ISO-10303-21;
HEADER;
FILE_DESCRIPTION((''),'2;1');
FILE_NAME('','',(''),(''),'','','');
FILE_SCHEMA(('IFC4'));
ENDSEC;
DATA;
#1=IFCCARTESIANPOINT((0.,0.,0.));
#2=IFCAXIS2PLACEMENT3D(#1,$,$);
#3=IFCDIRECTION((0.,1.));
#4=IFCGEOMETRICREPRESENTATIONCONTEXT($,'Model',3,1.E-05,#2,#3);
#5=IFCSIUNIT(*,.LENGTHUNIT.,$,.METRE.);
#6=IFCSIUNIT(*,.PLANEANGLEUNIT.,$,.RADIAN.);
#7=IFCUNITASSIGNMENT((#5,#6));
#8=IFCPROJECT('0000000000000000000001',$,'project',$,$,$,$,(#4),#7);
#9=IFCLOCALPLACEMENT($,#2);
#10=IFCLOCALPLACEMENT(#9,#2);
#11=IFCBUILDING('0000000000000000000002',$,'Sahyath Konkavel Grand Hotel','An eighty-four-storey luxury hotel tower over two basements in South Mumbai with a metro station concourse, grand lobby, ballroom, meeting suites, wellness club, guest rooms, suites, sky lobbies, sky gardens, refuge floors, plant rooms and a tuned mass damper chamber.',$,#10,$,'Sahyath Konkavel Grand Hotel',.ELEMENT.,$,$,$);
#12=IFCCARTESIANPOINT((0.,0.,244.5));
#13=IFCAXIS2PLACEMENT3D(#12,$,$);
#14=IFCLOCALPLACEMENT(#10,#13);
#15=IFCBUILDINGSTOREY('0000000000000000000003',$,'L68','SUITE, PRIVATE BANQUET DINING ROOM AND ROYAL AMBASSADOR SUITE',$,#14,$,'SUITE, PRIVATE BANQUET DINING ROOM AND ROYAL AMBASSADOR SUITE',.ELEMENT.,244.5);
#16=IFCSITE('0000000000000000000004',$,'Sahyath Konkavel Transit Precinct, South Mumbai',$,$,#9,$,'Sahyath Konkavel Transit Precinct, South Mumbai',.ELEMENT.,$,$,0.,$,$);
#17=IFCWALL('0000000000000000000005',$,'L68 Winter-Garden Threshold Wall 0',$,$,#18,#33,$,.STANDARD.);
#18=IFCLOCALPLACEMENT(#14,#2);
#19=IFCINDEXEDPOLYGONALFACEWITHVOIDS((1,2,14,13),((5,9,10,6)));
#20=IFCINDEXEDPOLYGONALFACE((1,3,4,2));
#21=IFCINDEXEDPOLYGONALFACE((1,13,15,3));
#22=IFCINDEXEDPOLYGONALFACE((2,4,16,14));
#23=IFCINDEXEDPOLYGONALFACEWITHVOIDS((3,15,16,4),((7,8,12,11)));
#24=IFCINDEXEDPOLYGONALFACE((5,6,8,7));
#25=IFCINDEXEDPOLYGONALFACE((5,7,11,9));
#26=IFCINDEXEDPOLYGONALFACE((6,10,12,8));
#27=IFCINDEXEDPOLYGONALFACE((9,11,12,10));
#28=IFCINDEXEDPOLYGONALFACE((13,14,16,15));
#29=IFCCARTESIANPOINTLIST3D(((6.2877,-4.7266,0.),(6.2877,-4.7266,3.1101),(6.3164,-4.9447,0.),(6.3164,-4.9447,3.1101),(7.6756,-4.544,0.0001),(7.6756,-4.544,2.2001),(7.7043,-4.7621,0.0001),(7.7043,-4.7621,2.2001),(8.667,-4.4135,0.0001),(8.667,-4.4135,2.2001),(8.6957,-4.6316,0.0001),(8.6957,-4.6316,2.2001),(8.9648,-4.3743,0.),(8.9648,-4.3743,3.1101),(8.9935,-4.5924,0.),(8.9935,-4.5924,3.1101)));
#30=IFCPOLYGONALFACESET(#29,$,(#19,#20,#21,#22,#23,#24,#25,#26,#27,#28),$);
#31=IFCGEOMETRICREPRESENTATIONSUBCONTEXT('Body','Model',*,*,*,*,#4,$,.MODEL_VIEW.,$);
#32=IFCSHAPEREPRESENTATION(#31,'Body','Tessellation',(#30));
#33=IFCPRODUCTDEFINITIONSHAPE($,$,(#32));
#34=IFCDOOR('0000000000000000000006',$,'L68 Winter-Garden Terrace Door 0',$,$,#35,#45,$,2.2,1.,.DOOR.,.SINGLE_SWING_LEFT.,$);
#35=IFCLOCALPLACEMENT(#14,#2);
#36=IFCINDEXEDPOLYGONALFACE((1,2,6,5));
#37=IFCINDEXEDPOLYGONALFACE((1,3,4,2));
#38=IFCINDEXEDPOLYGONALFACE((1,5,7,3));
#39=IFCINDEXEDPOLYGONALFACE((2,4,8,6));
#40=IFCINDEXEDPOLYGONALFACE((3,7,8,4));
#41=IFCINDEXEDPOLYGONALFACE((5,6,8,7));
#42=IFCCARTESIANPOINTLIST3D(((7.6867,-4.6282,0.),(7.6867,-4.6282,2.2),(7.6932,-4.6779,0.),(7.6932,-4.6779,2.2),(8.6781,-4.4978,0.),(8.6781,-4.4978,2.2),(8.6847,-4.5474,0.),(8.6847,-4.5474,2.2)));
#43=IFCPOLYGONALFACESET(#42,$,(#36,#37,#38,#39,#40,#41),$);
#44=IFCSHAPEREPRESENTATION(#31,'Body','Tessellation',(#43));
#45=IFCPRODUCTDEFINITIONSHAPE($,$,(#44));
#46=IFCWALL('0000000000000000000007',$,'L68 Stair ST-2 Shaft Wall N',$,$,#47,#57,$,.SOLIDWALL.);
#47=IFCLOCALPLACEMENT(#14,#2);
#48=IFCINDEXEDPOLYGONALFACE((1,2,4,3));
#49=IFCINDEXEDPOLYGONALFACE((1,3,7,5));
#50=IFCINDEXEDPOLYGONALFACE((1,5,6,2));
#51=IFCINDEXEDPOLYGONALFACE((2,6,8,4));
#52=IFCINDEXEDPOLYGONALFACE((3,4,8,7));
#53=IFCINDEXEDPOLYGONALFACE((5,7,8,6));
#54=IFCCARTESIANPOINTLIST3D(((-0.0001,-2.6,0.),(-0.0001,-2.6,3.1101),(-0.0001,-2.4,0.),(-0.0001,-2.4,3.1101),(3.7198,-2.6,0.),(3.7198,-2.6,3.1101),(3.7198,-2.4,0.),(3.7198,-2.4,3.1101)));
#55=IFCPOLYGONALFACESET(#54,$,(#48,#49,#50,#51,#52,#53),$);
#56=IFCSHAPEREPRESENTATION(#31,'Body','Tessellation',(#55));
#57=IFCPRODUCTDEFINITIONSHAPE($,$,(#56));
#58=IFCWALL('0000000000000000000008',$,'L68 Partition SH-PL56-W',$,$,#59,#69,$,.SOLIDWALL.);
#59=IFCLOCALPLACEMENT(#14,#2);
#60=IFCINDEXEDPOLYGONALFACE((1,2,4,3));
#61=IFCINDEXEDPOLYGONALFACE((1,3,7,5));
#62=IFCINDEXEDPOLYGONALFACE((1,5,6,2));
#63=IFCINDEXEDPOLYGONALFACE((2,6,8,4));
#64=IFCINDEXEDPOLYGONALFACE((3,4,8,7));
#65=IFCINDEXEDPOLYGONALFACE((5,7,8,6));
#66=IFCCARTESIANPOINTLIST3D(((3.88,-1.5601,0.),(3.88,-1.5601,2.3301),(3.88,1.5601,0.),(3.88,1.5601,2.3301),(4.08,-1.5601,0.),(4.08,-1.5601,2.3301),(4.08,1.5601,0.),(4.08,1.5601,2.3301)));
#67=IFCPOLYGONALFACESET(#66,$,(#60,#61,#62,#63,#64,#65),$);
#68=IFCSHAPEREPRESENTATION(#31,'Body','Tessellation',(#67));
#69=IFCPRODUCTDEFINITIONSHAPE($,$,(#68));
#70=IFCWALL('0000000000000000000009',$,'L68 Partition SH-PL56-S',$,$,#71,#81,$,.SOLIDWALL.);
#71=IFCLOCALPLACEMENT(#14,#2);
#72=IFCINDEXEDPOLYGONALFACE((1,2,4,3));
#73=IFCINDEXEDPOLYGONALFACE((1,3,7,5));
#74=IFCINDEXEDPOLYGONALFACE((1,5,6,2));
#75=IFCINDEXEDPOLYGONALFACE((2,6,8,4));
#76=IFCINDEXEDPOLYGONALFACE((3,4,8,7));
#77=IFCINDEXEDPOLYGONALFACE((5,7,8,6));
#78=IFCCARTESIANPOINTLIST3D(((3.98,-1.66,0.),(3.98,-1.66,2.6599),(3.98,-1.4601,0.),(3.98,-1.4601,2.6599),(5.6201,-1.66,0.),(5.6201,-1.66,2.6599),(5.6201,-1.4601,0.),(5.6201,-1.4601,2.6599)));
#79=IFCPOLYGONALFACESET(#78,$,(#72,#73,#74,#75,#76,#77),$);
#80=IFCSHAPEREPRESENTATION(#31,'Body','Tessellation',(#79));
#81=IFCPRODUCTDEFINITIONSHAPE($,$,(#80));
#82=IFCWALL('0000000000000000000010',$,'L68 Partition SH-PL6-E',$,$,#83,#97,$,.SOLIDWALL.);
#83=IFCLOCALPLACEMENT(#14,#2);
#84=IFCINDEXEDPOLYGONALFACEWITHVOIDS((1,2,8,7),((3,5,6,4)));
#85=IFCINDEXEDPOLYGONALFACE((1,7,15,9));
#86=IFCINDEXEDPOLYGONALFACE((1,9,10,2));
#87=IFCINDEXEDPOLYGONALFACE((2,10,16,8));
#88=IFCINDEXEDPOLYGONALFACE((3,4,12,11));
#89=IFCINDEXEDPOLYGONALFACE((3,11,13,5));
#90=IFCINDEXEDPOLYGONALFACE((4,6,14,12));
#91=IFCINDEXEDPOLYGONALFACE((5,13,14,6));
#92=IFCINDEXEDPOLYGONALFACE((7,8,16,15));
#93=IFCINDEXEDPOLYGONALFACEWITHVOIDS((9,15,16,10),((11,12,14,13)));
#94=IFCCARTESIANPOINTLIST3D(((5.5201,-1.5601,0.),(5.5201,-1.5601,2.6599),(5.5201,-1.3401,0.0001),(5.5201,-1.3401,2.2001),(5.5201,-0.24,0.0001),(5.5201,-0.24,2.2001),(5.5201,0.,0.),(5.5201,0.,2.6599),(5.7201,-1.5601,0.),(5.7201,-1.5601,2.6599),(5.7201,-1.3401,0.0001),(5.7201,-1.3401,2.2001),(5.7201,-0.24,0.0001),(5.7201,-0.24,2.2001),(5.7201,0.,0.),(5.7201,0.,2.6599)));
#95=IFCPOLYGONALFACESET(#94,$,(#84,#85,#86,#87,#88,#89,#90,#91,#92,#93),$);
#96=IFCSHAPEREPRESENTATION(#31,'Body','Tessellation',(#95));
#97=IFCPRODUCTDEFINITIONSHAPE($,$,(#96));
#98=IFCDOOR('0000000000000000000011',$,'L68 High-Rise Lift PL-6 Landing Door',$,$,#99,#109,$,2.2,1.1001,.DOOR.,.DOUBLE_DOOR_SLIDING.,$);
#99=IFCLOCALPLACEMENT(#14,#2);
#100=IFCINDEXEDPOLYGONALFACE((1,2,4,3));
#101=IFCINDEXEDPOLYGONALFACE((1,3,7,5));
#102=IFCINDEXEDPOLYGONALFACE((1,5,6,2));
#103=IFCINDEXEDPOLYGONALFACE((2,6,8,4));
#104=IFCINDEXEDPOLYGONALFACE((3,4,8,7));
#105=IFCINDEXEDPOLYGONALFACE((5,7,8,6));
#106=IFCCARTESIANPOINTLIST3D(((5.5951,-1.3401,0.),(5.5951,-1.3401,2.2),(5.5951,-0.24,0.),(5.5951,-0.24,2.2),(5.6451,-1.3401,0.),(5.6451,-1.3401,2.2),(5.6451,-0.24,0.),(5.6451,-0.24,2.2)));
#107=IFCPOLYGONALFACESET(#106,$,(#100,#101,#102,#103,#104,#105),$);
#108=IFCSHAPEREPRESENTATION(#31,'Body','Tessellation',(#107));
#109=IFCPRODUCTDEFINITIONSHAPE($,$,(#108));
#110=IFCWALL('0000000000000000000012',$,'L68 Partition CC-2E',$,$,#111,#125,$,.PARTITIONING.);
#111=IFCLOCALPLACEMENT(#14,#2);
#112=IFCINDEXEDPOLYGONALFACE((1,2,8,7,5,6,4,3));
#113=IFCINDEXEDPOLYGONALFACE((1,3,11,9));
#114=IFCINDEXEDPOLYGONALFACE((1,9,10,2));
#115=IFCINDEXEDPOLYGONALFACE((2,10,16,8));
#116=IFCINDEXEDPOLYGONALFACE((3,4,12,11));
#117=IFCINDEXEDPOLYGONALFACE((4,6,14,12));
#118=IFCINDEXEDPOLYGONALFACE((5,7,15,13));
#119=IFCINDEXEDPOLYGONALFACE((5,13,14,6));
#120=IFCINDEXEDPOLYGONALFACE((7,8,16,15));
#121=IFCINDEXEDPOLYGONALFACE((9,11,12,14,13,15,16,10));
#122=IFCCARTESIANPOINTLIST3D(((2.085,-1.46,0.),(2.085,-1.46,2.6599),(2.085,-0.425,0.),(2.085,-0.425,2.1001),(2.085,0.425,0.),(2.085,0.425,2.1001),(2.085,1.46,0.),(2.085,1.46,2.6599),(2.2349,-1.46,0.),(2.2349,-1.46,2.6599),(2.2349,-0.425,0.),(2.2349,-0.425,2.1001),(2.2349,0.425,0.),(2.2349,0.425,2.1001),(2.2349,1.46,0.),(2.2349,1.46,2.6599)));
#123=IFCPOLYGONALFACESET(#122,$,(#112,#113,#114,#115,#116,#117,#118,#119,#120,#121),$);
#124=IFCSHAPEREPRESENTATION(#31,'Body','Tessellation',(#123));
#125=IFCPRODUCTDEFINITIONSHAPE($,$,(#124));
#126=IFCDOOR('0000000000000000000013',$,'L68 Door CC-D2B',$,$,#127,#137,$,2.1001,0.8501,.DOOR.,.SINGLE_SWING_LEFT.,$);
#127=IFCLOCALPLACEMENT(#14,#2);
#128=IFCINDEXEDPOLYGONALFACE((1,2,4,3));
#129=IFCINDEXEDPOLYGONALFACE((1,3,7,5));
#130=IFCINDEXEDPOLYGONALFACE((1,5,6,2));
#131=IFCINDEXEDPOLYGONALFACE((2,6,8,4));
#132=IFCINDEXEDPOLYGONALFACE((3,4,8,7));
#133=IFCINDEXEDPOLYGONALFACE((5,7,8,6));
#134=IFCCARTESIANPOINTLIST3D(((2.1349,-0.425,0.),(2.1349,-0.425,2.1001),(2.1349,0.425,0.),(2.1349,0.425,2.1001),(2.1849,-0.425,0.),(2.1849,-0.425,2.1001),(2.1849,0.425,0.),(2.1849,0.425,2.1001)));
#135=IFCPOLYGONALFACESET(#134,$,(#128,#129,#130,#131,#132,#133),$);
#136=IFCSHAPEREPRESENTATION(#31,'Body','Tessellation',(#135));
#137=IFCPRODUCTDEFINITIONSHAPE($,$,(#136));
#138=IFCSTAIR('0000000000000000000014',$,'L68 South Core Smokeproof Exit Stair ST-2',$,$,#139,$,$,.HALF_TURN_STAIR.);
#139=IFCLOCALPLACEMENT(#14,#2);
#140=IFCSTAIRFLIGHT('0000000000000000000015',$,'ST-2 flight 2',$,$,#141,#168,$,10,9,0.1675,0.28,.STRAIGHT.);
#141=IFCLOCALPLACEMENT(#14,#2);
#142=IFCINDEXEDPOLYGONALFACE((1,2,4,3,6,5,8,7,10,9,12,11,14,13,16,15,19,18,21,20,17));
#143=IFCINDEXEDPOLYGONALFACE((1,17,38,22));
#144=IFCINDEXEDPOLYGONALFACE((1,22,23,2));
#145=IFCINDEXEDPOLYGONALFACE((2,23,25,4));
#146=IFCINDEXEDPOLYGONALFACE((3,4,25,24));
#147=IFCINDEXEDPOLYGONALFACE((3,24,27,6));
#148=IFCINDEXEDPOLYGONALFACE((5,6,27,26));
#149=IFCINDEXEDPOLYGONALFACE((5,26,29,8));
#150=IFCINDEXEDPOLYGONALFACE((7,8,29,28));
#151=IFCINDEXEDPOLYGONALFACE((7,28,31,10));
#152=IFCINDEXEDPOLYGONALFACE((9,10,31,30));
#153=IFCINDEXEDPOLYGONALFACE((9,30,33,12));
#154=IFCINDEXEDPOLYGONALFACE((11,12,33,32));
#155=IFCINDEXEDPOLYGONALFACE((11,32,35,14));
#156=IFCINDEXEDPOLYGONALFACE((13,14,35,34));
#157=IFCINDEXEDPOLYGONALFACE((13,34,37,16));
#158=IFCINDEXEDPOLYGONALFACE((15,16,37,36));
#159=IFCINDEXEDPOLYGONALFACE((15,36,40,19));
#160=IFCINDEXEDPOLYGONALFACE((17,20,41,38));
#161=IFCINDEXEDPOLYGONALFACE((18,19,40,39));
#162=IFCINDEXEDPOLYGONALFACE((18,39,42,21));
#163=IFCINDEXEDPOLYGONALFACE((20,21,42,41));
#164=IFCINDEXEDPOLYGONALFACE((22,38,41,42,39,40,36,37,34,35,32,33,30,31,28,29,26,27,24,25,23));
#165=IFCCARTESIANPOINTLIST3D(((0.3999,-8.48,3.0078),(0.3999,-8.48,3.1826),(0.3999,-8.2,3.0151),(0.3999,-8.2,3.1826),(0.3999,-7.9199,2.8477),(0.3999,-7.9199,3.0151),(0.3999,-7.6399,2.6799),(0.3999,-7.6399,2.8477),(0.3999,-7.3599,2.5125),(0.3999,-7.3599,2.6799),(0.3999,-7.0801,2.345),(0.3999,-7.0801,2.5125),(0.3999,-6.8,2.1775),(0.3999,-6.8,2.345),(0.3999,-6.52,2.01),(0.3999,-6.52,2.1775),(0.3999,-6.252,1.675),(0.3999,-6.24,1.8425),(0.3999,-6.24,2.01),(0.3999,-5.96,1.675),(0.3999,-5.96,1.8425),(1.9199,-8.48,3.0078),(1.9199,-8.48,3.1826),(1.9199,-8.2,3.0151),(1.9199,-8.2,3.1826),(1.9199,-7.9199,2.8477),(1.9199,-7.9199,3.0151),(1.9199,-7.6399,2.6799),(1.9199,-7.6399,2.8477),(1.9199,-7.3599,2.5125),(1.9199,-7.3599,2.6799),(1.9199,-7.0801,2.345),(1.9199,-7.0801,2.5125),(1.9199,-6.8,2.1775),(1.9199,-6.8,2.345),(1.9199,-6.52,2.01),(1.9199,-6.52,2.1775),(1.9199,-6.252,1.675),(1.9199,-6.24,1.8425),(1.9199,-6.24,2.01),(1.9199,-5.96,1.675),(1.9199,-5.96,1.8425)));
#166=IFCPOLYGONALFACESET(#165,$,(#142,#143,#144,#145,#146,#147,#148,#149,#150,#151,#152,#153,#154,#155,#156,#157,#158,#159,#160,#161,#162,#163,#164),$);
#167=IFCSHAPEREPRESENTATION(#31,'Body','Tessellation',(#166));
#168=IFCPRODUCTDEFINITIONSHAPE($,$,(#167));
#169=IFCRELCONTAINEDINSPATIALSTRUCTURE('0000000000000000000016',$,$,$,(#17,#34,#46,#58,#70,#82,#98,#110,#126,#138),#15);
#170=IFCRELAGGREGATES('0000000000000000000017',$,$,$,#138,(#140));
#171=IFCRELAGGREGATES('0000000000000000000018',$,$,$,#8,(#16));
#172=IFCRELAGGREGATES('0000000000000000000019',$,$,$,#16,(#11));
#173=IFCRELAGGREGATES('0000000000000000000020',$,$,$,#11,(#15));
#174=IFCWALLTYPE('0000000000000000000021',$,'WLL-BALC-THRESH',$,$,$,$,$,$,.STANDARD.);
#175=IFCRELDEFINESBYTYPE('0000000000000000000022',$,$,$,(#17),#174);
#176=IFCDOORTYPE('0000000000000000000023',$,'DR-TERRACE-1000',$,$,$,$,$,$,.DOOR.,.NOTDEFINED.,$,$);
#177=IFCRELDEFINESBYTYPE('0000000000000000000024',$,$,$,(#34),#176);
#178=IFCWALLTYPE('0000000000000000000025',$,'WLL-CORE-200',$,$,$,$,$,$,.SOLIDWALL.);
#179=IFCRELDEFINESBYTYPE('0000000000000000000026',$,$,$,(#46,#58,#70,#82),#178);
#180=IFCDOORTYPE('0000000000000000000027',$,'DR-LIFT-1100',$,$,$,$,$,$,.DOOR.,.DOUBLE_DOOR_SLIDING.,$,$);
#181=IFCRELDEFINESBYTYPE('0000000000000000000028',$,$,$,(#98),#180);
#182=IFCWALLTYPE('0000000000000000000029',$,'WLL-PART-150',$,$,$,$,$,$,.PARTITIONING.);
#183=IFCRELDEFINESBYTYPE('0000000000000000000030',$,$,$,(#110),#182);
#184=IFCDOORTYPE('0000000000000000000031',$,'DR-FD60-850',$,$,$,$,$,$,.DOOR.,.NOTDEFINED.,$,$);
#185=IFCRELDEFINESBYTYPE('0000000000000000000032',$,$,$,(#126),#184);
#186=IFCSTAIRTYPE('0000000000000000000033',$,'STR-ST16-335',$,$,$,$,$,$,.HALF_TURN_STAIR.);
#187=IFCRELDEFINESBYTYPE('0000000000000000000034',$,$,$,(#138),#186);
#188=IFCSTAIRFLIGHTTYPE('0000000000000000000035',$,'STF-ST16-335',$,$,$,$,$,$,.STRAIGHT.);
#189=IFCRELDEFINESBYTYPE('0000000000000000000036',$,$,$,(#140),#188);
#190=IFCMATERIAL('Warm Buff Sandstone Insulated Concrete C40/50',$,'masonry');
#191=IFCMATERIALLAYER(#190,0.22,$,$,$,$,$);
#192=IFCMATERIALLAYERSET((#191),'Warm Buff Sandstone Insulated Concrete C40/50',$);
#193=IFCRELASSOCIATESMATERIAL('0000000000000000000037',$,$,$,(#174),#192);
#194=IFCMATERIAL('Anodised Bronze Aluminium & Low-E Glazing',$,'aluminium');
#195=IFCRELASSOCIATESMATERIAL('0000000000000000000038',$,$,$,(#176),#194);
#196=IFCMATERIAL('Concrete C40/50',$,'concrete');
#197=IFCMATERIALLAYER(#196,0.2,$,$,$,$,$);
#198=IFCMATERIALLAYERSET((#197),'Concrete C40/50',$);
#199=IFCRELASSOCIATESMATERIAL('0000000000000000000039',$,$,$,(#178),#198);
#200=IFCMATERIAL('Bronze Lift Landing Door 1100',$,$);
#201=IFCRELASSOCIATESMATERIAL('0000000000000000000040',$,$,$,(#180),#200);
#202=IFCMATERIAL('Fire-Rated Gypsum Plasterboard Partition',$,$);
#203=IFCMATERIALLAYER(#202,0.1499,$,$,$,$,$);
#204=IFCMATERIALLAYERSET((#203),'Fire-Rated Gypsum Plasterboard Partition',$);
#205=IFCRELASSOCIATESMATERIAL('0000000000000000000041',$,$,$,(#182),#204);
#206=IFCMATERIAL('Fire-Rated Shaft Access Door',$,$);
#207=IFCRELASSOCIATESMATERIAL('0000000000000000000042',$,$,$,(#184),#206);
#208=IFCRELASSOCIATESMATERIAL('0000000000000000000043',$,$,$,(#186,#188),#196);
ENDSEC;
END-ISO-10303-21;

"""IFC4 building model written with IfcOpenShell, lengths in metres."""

from ifc_helpers import new_model, si_unit, direction, frame, frame_2d, origin, origin_2d, place, context, subcontext, project, spatial, polyline, rectangle, outline, extrude, source, transform, mapped, material, layer, layer_set, type_object, element, fill, aggregate, save


model = new_model("IFC4")

# Units and contexts
model_context = context("Model", 3, precision=1e-05, world=origin(), true_north=direction((0.0, 1.0)))
body_context = subcontext(model_context, "Body", "Model", "MODEL_VIEW")
ifc_project = project(units=[si_unit("LENGTHUNIT", "METRE"), si_unit("PLANEANGLEUNIT", "RADIAN")], contexts=[model_context])

# Site, building, storey
site_placement = place(None, origin())
site = spatial("IfcSite", under=ifc_project, at=site_placement, Name="Sahyath Konkavel Transit Precinct, South Mumbai", LongName="Sahyath Konkavel Transit Precinct, South Mumbai", CompositionType="ELEMENT", RefElevation=0.0)
building_placement = place(site_placement, origin())
building = spatial("IfcBuilding", under=site, at=building_placement, Name="Sahyath Konkavel Grand Hotel", Description="An eighty-four-storey luxury hotel tower over two basements in South Mumbai with a metro station concourse, grand lobby, ballroom, meeting suites, wellness club, guest rooms, suites, sky lobbies, sky gardens, refuge floors, plant rooms and a tuned mass damper chamber.", LongName="Sahyath Konkavel Grand Hotel", CompositionType="ELEMENT")
storey_placement = place(building_placement, frame((0.0, 0.0, 244.5)))
storey = spatial("IfcBuildingStorey", under=building, at=storey_placement, Name="L68", Description="SUITE, PRIVATE BANQUET DINING ROOM AND ROYAL AMBASSADOR SUITE", LongName="SUITE, PRIVATE BANQUET DINING ROOM AND ROYAL AMBASSADOR SUITE", CompositionType="ELEMENT", Elevation=244.5)

# Shared definitions
ifc_material_1 = material(Name="Concrete C40/50", Category="concrete")

# Shared definitions
ifc_material_2 = material(Name="Anodised Bronze Aluminium & Low-E Glazing", Category="aluminium")

# Wall, opening, door
ifc_material_3 = material(Name="Warm Buff Sandstone Insulated Concrete C40/50", Category="masonry")
ifc_layer_1 = layer(ifc_material_3, 0.22)
ifc_layer_set_1 = layer_set([ifc_layer_1], Name="Warm Buff Sandstone Insulated Concrete C40/50")
wall_type_1 = type_object("IfcWallType", Name="WLL-BALC-THRESH", PredefinedType="STANDARD", material=ifc_layer_set_1)
wall_1_placement = place(storey_placement, frame((6.302, -4.8357, 0.0), z_axis=(0.0, 0.0, 1.0), x_axis=(0.991452, 0.130476, 0.0)))
wall_1 = element("IfcWall", 1, at=wall_1_placement, inside=storey, type_object=wall_type_1, Name="L68 Winter-Garden Threshold Wall 0", PredefinedType="STANDARD", context=body_context, shape_type="SweptSolid", body=[
    extrude(rectangle(XDim=2.7002, YDim=0.22, at=frame_2d((1.3501, 0.0))), origin(), (0.0, 0.0, 1.0), 3.1101),
])
opening_1_placement = place(wall_1_placement, frame((1.3999, 0.0, 0.0)))
opening_1 = element("IfcOpeningElement", 2, at=opening_1_placement, cuts=wall_1, PredefinedType="OPENING", context=body_context, shape_type="SweptSolid", body=[
    extrude(rectangle(XDim=1.0, YDim=2.2, at=frame_2d((0.5, 1.1001))), frame((0.0, 0.1201, 0.0), z_axis=(0.0, -1.0, 0.0), x_axis=(1.0, 0.0, 0.0)), (0.0, 0.0, 1.0), 0.24),
])
door_type_1 = type_object("IfcDoorType", Name="DR-TERRACE-1000", OperationType="NOTDEFINED", PredefinedType="DOOR", material=ifc_material_2)
shared_shape_1 = source(origin(), body_context, "Body", "SweptSolid", [
    extrude(rectangle(XDim=1.0, YDim=0.05, at=origin_2d()), origin(), (0.0, 0.0, 1.0), 2.2),
])
door_1_placement = place(opening_1_placement, frame((0.5, 0.0, 0.0)))
door_1 = element("IfcDoor", 3, at=door_1_placement, inside=storey, type_object=door_type_1, Name="L68 Winter-Garden Terrace Door 0", OperationType="SINGLE_SWING_LEFT", OverallHeight=2.2, OverallWidth=1.0, PredefinedType="DOOR", context=body_context, shape_type="MappedRepresentation", body=[
    mapped(shared_shape_1, transform((0.0, 0.0, 0.0), scale=1.0)),
])
fill(opening_1, door_1)

# Walls
ifc_layer_2 = layer(ifc_material_1, 0.2)
ifc_layer_set_2 = layer_set([ifc_layer_2], Name="Concrete C40/50")
wall_type_2 = type_object("IfcWallType", Name="WLL-CORE-200", PredefinedType="SOLIDWALL", material=ifc_layer_set_2)
wall_2_placement = place(storey_placement, frame((0.0, -2.5, 0.0), z_axis=(0.0, 0.0, 1.0), x_axis=(1.0, 0.0, 0.0)))
element("IfcWall", 4, at=wall_2_placement, inside=storey, type_object=wall_type_2, Name="L68 Stair ST-2 Shaft Wall N", PredefinedType="SOLIDWALL", context=body_context, shape_type="SweptSolid", body=[
    extrude(rectangle(XDim=3.72, YDim=0.2, at=frame_2d((1.8599, 0.0))), origin(), (0.0, 0.0, 1.0), 3.1101),
])
wall_3_placement = place(storey_placement, frame((3.98, -1.5601, 0.0), z_axis=(0.0, 0.0, 1.0), x_axis=(0.0, 1.0, 0.0)))
element("IfcWall", 5, at=wall_3_placement, inside=storey, type_object=wall_type_2, Name="L68 Partition SH-PL56-W", PredefinedType="SOLIDWALL", context=body_context, shape_type="SweptSolid", body=[
    extrude(rectangle(XDim=3.1201, YDim=0.2, at=frame_2d((1.5601, 0.0))), origin(), (0.0, 0.0, 1.0), 2.3301),
])
wall_4_placement = place(storey_placement, frame((3.98, -1.5601, 0.0), z_axis=(0.0, 0.0, 1.0), x_axis=(1.0, 0.0, 0.0)))
element("IfcWall", 6, at=wall_4_placement, inside=storey, type_object=wall_type_2, Name="L68 Partition SH-PL56-S", PredefinedType="SOLIDWALL", context=body_context, shape_type="SweptSolid", body=[
    extrude(rectangle(XDim=1.6401, YDim=0.2, at=frame_2d((0.8201, 0.0))), origin(), (0.0, 0.0, 1.0), 2.6599),
])

# Walls, openings, doors
wall_5_placement = place(storey_placement, frame((5.6201, -1.5601, 0.0), z_axis=(0.0, 0.0, 1.0), x_axis=(0.0, 1.0, 0.0)))
wall_5 = element("IfcWall", 7, at=wall_5_placement, inside=storey, type_object=wall_type_2, Name="L68 Partition SH-PL6-E", PredefinedType="SOLIDWALL", context=body_context, shape_type="SweptSolid", body=[
    extrude(rectangle(XDim=1.5601, YDim=0.2, at=frame_2d((0.78, 0.0))), origin(), (0.0, 0.0, 1.0), 2.6599),
])
opening_2_placement = place(wall_5_placement, frame((0.22, 0.0, 0.0)))
opening_2 = element("IfcOpeningElement", 8, at=opening_2_placement, cuts=wall_5, PredefinedType="OPENING", context=body_context, shape_type="SweptSolid", body=[
    extrude(rectangle(XDim=1.1001, YDim=2.2, at=frame_2d((0.55, 1.1001))), frame((0.0, 0.1099, 0.0), z_axis=(0.0, -1.0, 0.0), x_axis=(1.0, 0.0, 0.0)), (0.0, 0.0, 1.0), 0.22),
])
ifc_material_4 = material(Name="Bronze Lift Landing Door 1100")
door_type_2 = type_object("IfcDoorType", Name="DR-LIFT-1100", OperationType="DOUBLE_DOOR_SLIDING", PredefinedType="DOOR", material=ifc_material_4)
shared_shape_2 = source(origin(), body_context, "Body", "SweptSolid", [
    extrude(rectangle(XDim=1.1001, YDim=0.05, at=origin_2d()), origin(), (0.0, 0.0, 1.0), 2.2),
])
door_2_placement = place(opening_2_placement, frame((0.55, 0.0, 0.0)))
door_2 = element("IfcDoor", 9, at=door_2_placement, inside=storey, type_object=door_type_2, Name="L68 High-Rise Lift PL-6 Landing Door", OperationType="DOUBLE_DOOR_SLIDING", OverallHeight=2.2, OverallWidth=1.1001, PredefinedType="DOOR", context=body_context, shape_type="MappedRepresentation", body=[
    mapped(shared_shape_2, transform((0.0, 0.0, 0.0), scale=1.0)),
])
fill(opening_2, door_2)
ifc_material_5 = material(Name="Fire-Rated Gypsum Plasterboard Partition")
ifc_layer_3 = layer(ifc_material_5, 0.1499)
ifc_layer_set_3 = layer_set([ifc_layer_3], Name="Fire-Rated Gypsum Plasterboard Partition")
wall_type_3 = type_object("IfcWallType", Name="WLL-PART-150", PredefinedType="PARTITIONING", material=ifc_layer_set_3)
wall_6_placement = place(storey_placement, frame((2.1599, -1.46, 0.0), z_axis=(0.0, 0.0, 1.0), x_axis=(0.0, 1.0, 0.0)))
wall_6 = element("IfcWall", 10, at=wall_6_placement, inside=storey, type_object=wall_type_3, Name="L68 Partition CC-2E", PredefinedType="PARTITIONING", context=body_context, shape_type="SweptSolid", body=[
    extrude(rectangle(XDim=2.9199, YDim=0.1499, at=frame_2d((1.46, 0.0))), origin(), (0.0, 0.0, 1.0), 2.6599),
])
opening_3_placement = place(wall_6_placement, frame((1.0349, 0.0, 0.0)))
opening_3 = element("IfcOpeningElement", 11, at=opening_3_placement, cuts=wall_6, PredefinedType="OPENING", context=body_context, shape_type="SweptSolid", body=[
    extrude(rectangle(XDim=0.8501, YDim=2.1001, at=frame_2d((0.425, 1.05))), frame((0.0, 0.085, 0.0), z_axis=(0.0, -1.0, 0.0), x_axis=(1.0, 0.0, 0.0)), (0.0, 0.0, 1.0), 0.1699),
])
ifc_material_6 = material(Name="Fire-Rated Shaft Access Door")
door_type_3 = type_object("IfcDoorType", Name="DR-FD60-850", OperationType="NOTDEFINED", PredefinedType="DOOR", material=ifc_material_6)
shared_shape_3 = source(origin(), body_context, "Body", "SweptSolid", [
    extrude(rectangle(XDim=0.8501, YDim=0.05, at=origin_2d()), origin(), (0.0, 0.0, 1.0), 2.1001),
])
door_3_placement = place(opening_3_placement, frame((0.425, 0.0, 0.0)))
door_3 = element("IfcDoor", 12, at=door_3_placement, inside=storey, type_object=door_type_3, Name="L68 Door CC-D2B", OperationType="SINGLE_SWING_LEFT", OverallHeight=2.1001, OverallWidth=0.8501, PredefinedType="DOOR", context=body_context, shape_type="MappedRepresentation", body=[
    mapped(shared_shape_3, transform((0.0, 0.0, 0.0), scale=1.0)),
])
fill(opening_3, door_3)

# Stair, stair flight
stair_type = type_object("IfcStairType", Name="STR-ST16-335", PredefinedType="HALF_TURN_STAIR", material=ifc_material_1)
stair_placement = place(storey_placement, origin())
stair = element("IfcStair", 13, at=stair_placement, inside=storey, type_object=stair_type, Name="L68 South Core Smokeproof Exit Stair ST-2", PredefinedType="HALF_TURN_STAIR")
stair_flight_type = type_object("IfcStairFlightType", Name="STF-ST16-335", PredefinedType="STRAIGHT", material=ifc_material_1)
stair_flight_placement = place(storey_placement, frame((1.1599, -5.96, 1.675), z_axis=(0.0, 0.0, 1.0), x_axis=(0.0, -1.0, 0.0)))
stair_flight = element("IfcStairFlight", 14, at=stair_flight_placement, type_object=stair_flight_type, Name="ST-2 flight 2", NumberOfRisers=10, NumberOfTreads=9, PredefinedType="STRAIGHT", RiserHeight=0.1675, TreadLength=0.28, context=body_context, shape_type="SweptSolid", body=[
    extrude(outline(polyline([(0.0, 0.0), (0.0, 0.1675), (0.28, 0.1675), (0.28, 0.335), (0.5601, 0.335), (0.5601, 0.5024), (0.8401, 0.5024), (0.8401, 0.6699), (1.1201, 0.6699), (1.1201, 0.8374), (1.3999, 0.8374), (1.3999, 1.0049), (1.6799, 1.0049), (1.6799, 1.1726), (1.96, 1.1726), (1.96, 1.3401), (2.24, 1.3401), (2.24, 1.5076), (2.52, 1.5076), (2.52, 1.675), (2.52, 1.3328), (0.292, 0.0), (0.0, 0.0)])), frame((0.0, 0.76, 0.0), z_axis=(0.0, -1.0, 0.0), x_axis=(1.0, 0.0, 0.0)), (0.0, 0.0, 1.0), 1.52),
])
aggregate(stair, [stair_flight])

save(model, "model.ifc")
